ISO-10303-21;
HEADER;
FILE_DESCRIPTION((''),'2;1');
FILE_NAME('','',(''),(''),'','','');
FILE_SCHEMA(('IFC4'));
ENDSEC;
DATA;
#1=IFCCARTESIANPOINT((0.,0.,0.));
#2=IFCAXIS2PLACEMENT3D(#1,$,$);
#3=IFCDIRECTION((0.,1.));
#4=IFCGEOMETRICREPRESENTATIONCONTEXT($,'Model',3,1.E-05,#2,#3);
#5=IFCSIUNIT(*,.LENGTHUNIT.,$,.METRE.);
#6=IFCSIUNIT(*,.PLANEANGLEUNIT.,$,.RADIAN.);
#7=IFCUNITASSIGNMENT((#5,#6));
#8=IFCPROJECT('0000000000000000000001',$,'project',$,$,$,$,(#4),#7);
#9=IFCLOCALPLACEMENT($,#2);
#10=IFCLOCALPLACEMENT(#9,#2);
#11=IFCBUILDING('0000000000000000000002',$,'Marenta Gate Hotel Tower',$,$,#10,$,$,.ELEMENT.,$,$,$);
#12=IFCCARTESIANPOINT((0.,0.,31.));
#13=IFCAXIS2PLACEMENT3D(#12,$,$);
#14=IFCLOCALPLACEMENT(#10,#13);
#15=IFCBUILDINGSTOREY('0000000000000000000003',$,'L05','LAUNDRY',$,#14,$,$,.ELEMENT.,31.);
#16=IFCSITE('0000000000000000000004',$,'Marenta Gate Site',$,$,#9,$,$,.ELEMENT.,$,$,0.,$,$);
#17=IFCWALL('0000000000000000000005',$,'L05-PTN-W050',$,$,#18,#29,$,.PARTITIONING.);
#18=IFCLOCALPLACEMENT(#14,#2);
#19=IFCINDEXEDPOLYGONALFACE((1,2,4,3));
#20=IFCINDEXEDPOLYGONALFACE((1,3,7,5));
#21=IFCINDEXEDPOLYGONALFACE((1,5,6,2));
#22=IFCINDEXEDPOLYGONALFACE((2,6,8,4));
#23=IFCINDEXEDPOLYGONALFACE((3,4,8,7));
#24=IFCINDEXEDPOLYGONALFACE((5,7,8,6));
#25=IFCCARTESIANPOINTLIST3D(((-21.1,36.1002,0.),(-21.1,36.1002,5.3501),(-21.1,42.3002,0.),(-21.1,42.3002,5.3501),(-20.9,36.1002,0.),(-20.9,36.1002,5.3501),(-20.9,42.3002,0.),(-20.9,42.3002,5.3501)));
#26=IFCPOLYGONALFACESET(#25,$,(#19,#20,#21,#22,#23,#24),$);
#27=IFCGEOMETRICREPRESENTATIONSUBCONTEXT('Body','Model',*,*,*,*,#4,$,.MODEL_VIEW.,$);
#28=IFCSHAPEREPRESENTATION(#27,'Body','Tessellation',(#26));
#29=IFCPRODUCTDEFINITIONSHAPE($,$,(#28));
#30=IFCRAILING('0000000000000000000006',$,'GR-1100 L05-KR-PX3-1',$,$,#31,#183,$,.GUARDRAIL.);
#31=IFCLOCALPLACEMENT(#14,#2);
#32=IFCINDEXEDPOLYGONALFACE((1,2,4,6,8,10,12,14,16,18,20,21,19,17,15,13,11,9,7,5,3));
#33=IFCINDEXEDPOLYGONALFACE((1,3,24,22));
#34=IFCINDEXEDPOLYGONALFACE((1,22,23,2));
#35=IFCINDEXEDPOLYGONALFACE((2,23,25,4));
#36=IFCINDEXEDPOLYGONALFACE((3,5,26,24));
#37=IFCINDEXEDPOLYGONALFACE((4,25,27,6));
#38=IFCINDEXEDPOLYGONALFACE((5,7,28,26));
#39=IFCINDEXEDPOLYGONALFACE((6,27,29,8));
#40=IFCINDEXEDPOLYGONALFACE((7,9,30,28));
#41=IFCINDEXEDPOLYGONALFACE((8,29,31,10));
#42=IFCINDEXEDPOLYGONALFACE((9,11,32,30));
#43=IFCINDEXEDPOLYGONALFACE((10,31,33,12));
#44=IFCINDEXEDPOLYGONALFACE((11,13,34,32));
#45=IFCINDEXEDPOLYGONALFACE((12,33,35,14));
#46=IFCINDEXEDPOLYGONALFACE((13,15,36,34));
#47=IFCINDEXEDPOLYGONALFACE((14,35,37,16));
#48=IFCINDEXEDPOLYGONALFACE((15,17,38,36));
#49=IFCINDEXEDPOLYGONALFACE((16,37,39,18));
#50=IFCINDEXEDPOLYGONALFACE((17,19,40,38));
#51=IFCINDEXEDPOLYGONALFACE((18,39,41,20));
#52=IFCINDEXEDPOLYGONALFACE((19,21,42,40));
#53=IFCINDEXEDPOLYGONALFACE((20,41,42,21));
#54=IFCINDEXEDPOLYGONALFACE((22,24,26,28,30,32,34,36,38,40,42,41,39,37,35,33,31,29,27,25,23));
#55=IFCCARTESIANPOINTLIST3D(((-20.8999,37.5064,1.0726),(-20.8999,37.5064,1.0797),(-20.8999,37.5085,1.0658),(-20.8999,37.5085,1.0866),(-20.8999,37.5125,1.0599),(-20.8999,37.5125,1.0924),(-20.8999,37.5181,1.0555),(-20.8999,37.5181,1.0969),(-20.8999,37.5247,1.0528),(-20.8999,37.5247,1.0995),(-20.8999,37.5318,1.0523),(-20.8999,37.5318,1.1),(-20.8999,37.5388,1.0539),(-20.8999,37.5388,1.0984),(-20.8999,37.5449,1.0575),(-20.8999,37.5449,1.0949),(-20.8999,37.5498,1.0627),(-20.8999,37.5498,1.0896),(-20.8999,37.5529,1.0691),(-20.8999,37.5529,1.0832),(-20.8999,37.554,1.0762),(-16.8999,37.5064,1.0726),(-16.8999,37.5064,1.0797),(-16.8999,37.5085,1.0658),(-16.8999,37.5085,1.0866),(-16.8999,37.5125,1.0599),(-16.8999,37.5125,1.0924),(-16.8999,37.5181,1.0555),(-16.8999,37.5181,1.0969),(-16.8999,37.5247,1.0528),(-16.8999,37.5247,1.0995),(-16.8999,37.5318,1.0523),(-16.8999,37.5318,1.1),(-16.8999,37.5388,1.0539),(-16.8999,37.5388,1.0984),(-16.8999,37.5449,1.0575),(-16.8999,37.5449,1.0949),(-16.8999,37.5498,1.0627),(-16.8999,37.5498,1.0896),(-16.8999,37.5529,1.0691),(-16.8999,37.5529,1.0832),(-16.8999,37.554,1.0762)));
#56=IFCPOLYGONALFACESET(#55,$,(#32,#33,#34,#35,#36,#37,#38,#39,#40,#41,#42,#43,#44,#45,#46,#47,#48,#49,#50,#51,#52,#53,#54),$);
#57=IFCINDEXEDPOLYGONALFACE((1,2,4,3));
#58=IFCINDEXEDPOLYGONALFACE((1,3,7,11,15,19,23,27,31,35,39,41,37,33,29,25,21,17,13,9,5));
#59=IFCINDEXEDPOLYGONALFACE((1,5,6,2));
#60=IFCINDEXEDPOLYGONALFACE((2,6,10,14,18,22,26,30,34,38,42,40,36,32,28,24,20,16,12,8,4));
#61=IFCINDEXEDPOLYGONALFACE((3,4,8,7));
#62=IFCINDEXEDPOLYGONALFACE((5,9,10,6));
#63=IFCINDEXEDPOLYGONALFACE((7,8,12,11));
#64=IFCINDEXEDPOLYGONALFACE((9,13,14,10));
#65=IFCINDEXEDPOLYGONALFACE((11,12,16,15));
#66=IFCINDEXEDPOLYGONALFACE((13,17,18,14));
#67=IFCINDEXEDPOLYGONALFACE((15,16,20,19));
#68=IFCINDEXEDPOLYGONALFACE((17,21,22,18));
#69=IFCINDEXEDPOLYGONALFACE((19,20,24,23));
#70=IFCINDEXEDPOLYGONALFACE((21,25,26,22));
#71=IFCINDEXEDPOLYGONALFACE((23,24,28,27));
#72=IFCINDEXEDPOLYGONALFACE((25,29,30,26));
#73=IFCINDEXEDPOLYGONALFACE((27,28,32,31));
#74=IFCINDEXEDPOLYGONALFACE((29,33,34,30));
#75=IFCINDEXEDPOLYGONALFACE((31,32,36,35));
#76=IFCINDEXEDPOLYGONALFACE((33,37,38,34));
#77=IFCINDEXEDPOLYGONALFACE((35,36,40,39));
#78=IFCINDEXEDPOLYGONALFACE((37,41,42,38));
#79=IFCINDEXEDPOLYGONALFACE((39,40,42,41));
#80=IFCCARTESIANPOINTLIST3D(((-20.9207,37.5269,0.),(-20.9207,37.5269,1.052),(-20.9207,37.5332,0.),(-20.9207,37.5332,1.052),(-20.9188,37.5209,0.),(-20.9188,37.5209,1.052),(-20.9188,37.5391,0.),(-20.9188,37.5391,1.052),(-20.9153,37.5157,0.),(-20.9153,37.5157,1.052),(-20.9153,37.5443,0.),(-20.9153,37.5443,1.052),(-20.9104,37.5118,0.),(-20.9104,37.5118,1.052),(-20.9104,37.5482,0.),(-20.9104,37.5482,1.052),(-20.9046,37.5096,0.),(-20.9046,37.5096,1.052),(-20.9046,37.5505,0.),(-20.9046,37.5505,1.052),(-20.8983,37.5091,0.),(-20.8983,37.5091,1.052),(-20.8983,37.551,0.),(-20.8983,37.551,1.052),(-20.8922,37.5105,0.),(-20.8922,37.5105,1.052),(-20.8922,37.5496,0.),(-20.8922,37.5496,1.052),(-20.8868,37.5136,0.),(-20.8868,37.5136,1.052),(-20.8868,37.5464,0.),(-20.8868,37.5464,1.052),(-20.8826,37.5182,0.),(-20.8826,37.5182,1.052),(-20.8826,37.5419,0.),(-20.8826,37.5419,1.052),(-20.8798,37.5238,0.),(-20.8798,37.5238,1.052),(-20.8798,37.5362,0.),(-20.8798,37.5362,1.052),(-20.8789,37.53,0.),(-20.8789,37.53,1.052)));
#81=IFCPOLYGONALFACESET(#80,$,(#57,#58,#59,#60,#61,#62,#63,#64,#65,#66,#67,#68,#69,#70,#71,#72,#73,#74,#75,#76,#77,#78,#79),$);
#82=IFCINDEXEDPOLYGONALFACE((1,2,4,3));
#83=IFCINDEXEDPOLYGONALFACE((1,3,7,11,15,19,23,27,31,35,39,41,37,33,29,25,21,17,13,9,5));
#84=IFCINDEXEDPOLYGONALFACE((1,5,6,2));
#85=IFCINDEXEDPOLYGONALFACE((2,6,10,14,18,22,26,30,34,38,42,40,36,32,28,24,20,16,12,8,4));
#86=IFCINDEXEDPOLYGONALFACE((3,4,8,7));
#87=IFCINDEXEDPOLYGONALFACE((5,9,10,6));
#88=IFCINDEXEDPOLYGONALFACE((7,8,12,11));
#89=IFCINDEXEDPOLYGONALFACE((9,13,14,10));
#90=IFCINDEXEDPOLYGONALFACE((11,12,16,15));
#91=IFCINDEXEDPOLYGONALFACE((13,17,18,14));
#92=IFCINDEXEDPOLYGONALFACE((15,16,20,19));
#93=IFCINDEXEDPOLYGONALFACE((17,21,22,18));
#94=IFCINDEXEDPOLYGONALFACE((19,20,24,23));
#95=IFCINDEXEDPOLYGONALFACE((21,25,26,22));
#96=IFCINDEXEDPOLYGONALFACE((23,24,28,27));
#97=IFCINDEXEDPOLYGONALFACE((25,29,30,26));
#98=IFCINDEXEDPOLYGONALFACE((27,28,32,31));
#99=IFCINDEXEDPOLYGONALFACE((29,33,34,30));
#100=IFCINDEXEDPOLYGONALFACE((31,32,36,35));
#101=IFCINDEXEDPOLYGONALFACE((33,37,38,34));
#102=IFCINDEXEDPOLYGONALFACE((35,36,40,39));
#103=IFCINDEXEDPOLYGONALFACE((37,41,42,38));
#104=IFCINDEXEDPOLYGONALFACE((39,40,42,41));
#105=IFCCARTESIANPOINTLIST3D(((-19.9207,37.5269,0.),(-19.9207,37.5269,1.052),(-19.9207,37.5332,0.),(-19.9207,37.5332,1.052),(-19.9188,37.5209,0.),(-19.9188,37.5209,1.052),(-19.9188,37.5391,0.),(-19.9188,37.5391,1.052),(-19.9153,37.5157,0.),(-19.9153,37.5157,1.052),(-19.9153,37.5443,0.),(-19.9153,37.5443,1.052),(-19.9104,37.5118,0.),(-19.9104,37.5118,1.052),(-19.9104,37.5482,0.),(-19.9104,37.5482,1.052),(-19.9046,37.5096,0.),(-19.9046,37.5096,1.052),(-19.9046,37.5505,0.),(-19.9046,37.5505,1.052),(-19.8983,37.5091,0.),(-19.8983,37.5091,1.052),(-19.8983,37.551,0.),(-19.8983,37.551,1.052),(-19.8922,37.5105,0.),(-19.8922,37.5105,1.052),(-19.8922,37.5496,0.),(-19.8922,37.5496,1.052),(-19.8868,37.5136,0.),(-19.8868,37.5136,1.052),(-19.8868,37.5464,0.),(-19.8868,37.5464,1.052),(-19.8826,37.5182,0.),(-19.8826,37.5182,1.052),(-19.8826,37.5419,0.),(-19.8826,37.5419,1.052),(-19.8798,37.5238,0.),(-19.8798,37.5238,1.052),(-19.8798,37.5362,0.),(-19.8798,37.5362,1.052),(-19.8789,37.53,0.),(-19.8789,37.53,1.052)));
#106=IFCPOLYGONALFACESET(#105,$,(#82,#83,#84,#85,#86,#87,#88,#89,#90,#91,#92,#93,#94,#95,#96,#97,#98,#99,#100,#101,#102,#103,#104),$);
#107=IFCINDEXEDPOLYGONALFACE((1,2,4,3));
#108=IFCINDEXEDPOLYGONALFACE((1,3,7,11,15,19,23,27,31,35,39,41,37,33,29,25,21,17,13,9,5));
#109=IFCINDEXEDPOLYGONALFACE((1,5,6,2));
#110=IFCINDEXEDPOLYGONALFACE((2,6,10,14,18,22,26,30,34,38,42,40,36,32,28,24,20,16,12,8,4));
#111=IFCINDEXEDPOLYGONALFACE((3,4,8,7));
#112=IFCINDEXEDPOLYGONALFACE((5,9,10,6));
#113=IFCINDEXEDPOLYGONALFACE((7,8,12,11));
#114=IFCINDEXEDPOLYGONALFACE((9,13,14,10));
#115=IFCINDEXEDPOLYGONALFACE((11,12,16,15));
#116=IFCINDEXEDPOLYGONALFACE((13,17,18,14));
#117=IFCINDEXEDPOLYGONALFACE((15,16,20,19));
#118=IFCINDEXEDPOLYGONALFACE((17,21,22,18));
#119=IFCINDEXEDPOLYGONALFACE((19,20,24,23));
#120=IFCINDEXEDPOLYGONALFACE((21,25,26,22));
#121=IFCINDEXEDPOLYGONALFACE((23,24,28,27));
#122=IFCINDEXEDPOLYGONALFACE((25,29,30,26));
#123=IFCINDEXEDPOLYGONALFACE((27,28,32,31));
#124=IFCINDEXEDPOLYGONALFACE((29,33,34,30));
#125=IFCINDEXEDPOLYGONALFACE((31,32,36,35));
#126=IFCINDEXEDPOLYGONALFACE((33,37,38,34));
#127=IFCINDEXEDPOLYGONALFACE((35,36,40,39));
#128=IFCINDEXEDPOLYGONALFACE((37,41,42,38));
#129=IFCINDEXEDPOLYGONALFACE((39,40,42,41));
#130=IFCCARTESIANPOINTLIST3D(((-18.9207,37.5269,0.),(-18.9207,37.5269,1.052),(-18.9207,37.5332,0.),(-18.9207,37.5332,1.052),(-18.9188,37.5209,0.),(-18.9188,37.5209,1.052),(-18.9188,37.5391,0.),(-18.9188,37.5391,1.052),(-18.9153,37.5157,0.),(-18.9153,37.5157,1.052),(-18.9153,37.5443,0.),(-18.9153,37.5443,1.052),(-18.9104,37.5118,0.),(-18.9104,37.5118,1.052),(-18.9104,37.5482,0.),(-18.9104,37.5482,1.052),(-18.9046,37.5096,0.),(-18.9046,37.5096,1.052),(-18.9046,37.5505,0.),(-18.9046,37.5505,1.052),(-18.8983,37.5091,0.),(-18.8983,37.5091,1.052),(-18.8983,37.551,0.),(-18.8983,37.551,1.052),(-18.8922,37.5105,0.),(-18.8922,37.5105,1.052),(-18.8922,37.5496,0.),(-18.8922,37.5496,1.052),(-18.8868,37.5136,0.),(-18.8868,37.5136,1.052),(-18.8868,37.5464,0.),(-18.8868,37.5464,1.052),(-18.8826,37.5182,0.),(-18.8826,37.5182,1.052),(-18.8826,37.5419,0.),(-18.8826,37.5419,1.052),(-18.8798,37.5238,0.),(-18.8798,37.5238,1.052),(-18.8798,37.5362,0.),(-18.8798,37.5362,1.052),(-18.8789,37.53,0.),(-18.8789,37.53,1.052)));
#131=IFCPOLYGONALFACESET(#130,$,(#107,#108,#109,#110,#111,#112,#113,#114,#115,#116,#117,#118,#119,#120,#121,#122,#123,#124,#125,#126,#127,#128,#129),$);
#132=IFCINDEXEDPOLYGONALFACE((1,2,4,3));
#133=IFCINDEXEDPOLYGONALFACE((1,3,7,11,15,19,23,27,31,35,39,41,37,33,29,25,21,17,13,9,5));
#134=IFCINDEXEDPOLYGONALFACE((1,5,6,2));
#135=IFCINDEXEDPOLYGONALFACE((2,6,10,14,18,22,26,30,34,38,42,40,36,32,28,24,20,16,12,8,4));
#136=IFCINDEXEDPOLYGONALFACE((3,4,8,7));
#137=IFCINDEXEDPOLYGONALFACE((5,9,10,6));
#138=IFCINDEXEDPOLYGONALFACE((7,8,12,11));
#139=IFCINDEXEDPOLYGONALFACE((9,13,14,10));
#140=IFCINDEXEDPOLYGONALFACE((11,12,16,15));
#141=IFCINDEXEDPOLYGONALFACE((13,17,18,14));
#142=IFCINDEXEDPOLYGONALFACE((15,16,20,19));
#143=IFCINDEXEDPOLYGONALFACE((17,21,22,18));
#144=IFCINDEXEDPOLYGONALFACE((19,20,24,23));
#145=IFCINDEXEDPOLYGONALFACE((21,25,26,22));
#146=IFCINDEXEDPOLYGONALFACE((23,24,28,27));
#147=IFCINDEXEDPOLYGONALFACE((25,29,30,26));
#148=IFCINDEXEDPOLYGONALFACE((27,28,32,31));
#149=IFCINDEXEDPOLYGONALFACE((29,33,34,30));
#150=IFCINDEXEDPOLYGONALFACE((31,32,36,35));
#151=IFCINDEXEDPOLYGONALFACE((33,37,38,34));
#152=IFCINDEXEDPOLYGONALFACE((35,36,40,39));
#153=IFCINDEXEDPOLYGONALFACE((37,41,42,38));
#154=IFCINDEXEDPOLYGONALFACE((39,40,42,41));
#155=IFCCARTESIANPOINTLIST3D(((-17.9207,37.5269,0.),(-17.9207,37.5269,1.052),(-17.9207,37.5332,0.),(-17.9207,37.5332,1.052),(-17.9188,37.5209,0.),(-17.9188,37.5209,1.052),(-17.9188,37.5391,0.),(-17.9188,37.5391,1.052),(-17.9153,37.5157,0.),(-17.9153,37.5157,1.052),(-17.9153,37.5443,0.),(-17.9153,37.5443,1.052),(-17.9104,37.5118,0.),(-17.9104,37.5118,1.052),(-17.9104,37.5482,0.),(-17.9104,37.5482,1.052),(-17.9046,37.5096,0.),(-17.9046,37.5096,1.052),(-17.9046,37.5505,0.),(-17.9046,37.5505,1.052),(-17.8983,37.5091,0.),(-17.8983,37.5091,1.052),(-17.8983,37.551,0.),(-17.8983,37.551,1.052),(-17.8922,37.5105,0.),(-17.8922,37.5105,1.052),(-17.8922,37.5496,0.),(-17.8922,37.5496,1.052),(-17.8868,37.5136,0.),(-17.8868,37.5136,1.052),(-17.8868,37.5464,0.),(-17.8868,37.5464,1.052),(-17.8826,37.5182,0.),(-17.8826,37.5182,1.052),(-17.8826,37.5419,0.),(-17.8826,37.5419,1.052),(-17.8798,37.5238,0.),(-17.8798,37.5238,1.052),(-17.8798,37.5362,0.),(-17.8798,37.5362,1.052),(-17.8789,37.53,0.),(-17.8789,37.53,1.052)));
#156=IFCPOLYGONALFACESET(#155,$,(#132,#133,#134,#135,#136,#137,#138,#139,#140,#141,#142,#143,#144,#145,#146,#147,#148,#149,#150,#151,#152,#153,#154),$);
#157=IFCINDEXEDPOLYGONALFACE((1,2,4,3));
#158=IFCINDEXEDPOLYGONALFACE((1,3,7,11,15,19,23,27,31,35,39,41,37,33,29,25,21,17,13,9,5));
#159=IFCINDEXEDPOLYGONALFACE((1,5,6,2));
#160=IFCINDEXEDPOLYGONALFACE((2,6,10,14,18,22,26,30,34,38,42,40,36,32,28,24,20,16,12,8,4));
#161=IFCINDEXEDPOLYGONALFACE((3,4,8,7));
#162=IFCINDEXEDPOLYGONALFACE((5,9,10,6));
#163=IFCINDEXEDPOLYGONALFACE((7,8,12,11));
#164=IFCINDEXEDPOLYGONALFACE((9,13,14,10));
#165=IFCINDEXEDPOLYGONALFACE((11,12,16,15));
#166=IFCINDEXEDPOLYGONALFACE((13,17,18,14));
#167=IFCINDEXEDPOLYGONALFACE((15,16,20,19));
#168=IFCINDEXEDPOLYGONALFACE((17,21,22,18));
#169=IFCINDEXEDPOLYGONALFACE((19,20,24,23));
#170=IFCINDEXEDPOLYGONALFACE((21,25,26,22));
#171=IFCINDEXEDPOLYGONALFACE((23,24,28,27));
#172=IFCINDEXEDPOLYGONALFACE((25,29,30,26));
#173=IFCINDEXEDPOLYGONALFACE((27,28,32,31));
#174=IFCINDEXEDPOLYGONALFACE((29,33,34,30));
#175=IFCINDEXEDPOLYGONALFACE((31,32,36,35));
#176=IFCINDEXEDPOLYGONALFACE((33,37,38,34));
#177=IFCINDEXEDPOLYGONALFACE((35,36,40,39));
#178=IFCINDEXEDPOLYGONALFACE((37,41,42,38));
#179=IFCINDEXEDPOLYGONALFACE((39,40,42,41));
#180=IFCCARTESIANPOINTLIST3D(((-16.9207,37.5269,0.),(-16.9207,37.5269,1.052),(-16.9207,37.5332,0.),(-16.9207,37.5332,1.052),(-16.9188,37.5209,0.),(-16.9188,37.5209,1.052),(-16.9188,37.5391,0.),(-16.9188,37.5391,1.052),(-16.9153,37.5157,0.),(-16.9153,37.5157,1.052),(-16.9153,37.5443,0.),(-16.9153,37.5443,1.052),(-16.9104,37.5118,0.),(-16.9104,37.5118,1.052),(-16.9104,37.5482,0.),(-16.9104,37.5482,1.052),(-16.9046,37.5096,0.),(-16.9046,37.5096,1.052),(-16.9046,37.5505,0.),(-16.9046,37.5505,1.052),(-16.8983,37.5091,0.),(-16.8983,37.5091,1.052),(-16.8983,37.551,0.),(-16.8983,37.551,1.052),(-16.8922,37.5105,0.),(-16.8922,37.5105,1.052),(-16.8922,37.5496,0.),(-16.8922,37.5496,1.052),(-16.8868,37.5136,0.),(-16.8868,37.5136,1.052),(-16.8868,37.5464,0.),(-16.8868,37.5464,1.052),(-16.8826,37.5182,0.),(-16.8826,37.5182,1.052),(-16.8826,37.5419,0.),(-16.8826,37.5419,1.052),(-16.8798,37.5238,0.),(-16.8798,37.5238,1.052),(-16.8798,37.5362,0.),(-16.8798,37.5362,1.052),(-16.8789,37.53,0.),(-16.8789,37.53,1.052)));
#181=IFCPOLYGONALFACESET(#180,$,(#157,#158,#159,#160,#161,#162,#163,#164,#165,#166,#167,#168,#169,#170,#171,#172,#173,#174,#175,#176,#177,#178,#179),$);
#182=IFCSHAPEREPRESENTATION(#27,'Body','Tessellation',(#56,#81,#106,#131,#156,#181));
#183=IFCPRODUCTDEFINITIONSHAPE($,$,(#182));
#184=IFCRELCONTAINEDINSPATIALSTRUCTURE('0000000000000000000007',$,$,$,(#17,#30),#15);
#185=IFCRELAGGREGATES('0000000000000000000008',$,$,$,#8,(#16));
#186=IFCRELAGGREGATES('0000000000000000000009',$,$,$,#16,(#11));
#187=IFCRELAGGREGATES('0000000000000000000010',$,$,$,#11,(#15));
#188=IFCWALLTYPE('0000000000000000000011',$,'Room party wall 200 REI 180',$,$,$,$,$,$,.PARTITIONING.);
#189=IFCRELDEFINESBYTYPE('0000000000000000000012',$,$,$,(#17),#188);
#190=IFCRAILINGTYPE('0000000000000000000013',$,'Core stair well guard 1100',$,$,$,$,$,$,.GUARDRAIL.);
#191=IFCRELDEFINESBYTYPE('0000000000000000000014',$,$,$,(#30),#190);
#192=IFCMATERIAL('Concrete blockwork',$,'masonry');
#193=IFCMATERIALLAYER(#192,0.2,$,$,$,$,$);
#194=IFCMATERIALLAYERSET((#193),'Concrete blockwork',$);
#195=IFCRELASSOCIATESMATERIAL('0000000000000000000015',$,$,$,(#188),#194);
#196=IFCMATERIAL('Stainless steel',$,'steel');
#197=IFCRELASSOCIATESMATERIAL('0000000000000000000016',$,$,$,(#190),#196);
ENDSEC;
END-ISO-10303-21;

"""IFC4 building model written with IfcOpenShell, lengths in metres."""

from ifc_helpers import new_model, si_unit, direction, frame, frame_2d, origin, origin_2d, place, context, subcontext, project, spatial, rectangle, circle, extrude, material, layer, layer_set, type_object, element, save


model = new_model("IFC4")

# Units and contexts
model_context = context("Model", 3, precision=1e-05, world=origin(), true_north=direction((0.0, 1.0)))
body_context = subcontext(model_context, "Body", "Model", "MODEL_VIEW")
ifc_project = project(units=[si_unit("LENGTHUNIT", "METRE"), si_unit("PLANEANGLEUNIT", "RADIAN")], contexts=[model_context])

# Site, building, storey
site_placement = place(None, origin())
site = spatial("IfcSite", under=ifc_project, at=site_placement, Name="Marenta Gate Site", CompositionType="ELEMENT", RefElevation=0.0)
building_placement = place(site_placement, origin())
building = spatial("IfcBuilding", under=site, at=building_placement, Name="Marenta Gate Hotel Tower", CompositionType="ELEMENT")
storey_placement = place(building_placement, frame((0.0, 0.0, 31.0)))
storey = spatial("IfcBuildingStorey", under=building, at=storey_placement, Name="L05", Description="LAUNDRY", CompositionType="ELEMENT", Elevation=31.0)

# Wall
ifc_material_1 = material(Name="Concrete blockwork", Category="masonry")
ifc_layer_1 = layer(ifc_material_1, 0.2)
ifc_layer_set_1 = layer_set([ifc_layer_1], Name="Concrete blockwork")
wall_type_1 = type_object("IfcWallType", Name="Room party wall 200 REI 180", PredefinedType="PARTITIONING", material=ifc_layer_set_1)
wall_1_placement = place(storey_placement, frame((-21.0, 36.1001, 0.0), z_axis=(0.0, 0.0, 1.0), x_axis=(0.0, 1.0, 0.0)))
element("IfcWall", 1, at=wall_1_placement, inside=storey, type_object=wall_type_1, Name="L05-PTN-W050", PredefinedType="PARTITIONING", context=body_context, shape_type="SweptSolid", body=[
    extrude(rectangle(XDim=6.2, YDim=0.2, at=frame_2d((3.1001, 0.0))), origin(), (0.0, 0.0, 1.0), 5.3501),
])

# Railing
ifc_material_2 = material(Name="Stainless steel", Category="steel")
railing_type = type_object("IfcRailingType", Name="Core stair well guard 1100", PredefinedType="GUARDRAIL", material=ifc_material_2)
railing_placement = place(storey_placement, frame((-20.8999, 37.53, 0.0)))
element("IfcRailing", 2, at=railing_placement, inside=storey, type_object=railing_type, Name="GR-1100 L05-KR-PX3-1", PredefinedType="GUARDRAIL", context=body_context, shape_type="SweptSolid", body=[
    extrude(circle(Radius=0.0239, at=origin_2d()), frame((0.0, 0.0, 1.0762), z_axis=(1.0, 0.0, 0.0), x_axis=(0.0, 1.0, 0.0)), (0.0, 0.0, 1.0), 4.0),
    extrude(circle(Radius=0.021, at=origin_2d()), origin(), (0.0, 0.0, 1.0), 1.052),
    extrude(circle(Radius=0.021, at=origin_2d()), frame((1.0, 0.0, 0.0)), (0.0, 0.0, 1.0), 1.052),
    extrude(circle(Radius=0.021, at=origin_2d()), frame((2.0, 0.0, 0.0)), (0.0, 0.0, 1.0), 1.052),
    extrude(circle(Radius=0.021, at=origin_2d()), frame((3.0, 0.0, 0.0)), (0.0, 0.0, 1.0), 1.052),
    extrude(circle(Radius=0.021, at=origin_2d()), frame((4.0, 0.0, 0.0)), (0.0, 0.0, 1.0), 1.052),
])

save(model, "model.ifc")
